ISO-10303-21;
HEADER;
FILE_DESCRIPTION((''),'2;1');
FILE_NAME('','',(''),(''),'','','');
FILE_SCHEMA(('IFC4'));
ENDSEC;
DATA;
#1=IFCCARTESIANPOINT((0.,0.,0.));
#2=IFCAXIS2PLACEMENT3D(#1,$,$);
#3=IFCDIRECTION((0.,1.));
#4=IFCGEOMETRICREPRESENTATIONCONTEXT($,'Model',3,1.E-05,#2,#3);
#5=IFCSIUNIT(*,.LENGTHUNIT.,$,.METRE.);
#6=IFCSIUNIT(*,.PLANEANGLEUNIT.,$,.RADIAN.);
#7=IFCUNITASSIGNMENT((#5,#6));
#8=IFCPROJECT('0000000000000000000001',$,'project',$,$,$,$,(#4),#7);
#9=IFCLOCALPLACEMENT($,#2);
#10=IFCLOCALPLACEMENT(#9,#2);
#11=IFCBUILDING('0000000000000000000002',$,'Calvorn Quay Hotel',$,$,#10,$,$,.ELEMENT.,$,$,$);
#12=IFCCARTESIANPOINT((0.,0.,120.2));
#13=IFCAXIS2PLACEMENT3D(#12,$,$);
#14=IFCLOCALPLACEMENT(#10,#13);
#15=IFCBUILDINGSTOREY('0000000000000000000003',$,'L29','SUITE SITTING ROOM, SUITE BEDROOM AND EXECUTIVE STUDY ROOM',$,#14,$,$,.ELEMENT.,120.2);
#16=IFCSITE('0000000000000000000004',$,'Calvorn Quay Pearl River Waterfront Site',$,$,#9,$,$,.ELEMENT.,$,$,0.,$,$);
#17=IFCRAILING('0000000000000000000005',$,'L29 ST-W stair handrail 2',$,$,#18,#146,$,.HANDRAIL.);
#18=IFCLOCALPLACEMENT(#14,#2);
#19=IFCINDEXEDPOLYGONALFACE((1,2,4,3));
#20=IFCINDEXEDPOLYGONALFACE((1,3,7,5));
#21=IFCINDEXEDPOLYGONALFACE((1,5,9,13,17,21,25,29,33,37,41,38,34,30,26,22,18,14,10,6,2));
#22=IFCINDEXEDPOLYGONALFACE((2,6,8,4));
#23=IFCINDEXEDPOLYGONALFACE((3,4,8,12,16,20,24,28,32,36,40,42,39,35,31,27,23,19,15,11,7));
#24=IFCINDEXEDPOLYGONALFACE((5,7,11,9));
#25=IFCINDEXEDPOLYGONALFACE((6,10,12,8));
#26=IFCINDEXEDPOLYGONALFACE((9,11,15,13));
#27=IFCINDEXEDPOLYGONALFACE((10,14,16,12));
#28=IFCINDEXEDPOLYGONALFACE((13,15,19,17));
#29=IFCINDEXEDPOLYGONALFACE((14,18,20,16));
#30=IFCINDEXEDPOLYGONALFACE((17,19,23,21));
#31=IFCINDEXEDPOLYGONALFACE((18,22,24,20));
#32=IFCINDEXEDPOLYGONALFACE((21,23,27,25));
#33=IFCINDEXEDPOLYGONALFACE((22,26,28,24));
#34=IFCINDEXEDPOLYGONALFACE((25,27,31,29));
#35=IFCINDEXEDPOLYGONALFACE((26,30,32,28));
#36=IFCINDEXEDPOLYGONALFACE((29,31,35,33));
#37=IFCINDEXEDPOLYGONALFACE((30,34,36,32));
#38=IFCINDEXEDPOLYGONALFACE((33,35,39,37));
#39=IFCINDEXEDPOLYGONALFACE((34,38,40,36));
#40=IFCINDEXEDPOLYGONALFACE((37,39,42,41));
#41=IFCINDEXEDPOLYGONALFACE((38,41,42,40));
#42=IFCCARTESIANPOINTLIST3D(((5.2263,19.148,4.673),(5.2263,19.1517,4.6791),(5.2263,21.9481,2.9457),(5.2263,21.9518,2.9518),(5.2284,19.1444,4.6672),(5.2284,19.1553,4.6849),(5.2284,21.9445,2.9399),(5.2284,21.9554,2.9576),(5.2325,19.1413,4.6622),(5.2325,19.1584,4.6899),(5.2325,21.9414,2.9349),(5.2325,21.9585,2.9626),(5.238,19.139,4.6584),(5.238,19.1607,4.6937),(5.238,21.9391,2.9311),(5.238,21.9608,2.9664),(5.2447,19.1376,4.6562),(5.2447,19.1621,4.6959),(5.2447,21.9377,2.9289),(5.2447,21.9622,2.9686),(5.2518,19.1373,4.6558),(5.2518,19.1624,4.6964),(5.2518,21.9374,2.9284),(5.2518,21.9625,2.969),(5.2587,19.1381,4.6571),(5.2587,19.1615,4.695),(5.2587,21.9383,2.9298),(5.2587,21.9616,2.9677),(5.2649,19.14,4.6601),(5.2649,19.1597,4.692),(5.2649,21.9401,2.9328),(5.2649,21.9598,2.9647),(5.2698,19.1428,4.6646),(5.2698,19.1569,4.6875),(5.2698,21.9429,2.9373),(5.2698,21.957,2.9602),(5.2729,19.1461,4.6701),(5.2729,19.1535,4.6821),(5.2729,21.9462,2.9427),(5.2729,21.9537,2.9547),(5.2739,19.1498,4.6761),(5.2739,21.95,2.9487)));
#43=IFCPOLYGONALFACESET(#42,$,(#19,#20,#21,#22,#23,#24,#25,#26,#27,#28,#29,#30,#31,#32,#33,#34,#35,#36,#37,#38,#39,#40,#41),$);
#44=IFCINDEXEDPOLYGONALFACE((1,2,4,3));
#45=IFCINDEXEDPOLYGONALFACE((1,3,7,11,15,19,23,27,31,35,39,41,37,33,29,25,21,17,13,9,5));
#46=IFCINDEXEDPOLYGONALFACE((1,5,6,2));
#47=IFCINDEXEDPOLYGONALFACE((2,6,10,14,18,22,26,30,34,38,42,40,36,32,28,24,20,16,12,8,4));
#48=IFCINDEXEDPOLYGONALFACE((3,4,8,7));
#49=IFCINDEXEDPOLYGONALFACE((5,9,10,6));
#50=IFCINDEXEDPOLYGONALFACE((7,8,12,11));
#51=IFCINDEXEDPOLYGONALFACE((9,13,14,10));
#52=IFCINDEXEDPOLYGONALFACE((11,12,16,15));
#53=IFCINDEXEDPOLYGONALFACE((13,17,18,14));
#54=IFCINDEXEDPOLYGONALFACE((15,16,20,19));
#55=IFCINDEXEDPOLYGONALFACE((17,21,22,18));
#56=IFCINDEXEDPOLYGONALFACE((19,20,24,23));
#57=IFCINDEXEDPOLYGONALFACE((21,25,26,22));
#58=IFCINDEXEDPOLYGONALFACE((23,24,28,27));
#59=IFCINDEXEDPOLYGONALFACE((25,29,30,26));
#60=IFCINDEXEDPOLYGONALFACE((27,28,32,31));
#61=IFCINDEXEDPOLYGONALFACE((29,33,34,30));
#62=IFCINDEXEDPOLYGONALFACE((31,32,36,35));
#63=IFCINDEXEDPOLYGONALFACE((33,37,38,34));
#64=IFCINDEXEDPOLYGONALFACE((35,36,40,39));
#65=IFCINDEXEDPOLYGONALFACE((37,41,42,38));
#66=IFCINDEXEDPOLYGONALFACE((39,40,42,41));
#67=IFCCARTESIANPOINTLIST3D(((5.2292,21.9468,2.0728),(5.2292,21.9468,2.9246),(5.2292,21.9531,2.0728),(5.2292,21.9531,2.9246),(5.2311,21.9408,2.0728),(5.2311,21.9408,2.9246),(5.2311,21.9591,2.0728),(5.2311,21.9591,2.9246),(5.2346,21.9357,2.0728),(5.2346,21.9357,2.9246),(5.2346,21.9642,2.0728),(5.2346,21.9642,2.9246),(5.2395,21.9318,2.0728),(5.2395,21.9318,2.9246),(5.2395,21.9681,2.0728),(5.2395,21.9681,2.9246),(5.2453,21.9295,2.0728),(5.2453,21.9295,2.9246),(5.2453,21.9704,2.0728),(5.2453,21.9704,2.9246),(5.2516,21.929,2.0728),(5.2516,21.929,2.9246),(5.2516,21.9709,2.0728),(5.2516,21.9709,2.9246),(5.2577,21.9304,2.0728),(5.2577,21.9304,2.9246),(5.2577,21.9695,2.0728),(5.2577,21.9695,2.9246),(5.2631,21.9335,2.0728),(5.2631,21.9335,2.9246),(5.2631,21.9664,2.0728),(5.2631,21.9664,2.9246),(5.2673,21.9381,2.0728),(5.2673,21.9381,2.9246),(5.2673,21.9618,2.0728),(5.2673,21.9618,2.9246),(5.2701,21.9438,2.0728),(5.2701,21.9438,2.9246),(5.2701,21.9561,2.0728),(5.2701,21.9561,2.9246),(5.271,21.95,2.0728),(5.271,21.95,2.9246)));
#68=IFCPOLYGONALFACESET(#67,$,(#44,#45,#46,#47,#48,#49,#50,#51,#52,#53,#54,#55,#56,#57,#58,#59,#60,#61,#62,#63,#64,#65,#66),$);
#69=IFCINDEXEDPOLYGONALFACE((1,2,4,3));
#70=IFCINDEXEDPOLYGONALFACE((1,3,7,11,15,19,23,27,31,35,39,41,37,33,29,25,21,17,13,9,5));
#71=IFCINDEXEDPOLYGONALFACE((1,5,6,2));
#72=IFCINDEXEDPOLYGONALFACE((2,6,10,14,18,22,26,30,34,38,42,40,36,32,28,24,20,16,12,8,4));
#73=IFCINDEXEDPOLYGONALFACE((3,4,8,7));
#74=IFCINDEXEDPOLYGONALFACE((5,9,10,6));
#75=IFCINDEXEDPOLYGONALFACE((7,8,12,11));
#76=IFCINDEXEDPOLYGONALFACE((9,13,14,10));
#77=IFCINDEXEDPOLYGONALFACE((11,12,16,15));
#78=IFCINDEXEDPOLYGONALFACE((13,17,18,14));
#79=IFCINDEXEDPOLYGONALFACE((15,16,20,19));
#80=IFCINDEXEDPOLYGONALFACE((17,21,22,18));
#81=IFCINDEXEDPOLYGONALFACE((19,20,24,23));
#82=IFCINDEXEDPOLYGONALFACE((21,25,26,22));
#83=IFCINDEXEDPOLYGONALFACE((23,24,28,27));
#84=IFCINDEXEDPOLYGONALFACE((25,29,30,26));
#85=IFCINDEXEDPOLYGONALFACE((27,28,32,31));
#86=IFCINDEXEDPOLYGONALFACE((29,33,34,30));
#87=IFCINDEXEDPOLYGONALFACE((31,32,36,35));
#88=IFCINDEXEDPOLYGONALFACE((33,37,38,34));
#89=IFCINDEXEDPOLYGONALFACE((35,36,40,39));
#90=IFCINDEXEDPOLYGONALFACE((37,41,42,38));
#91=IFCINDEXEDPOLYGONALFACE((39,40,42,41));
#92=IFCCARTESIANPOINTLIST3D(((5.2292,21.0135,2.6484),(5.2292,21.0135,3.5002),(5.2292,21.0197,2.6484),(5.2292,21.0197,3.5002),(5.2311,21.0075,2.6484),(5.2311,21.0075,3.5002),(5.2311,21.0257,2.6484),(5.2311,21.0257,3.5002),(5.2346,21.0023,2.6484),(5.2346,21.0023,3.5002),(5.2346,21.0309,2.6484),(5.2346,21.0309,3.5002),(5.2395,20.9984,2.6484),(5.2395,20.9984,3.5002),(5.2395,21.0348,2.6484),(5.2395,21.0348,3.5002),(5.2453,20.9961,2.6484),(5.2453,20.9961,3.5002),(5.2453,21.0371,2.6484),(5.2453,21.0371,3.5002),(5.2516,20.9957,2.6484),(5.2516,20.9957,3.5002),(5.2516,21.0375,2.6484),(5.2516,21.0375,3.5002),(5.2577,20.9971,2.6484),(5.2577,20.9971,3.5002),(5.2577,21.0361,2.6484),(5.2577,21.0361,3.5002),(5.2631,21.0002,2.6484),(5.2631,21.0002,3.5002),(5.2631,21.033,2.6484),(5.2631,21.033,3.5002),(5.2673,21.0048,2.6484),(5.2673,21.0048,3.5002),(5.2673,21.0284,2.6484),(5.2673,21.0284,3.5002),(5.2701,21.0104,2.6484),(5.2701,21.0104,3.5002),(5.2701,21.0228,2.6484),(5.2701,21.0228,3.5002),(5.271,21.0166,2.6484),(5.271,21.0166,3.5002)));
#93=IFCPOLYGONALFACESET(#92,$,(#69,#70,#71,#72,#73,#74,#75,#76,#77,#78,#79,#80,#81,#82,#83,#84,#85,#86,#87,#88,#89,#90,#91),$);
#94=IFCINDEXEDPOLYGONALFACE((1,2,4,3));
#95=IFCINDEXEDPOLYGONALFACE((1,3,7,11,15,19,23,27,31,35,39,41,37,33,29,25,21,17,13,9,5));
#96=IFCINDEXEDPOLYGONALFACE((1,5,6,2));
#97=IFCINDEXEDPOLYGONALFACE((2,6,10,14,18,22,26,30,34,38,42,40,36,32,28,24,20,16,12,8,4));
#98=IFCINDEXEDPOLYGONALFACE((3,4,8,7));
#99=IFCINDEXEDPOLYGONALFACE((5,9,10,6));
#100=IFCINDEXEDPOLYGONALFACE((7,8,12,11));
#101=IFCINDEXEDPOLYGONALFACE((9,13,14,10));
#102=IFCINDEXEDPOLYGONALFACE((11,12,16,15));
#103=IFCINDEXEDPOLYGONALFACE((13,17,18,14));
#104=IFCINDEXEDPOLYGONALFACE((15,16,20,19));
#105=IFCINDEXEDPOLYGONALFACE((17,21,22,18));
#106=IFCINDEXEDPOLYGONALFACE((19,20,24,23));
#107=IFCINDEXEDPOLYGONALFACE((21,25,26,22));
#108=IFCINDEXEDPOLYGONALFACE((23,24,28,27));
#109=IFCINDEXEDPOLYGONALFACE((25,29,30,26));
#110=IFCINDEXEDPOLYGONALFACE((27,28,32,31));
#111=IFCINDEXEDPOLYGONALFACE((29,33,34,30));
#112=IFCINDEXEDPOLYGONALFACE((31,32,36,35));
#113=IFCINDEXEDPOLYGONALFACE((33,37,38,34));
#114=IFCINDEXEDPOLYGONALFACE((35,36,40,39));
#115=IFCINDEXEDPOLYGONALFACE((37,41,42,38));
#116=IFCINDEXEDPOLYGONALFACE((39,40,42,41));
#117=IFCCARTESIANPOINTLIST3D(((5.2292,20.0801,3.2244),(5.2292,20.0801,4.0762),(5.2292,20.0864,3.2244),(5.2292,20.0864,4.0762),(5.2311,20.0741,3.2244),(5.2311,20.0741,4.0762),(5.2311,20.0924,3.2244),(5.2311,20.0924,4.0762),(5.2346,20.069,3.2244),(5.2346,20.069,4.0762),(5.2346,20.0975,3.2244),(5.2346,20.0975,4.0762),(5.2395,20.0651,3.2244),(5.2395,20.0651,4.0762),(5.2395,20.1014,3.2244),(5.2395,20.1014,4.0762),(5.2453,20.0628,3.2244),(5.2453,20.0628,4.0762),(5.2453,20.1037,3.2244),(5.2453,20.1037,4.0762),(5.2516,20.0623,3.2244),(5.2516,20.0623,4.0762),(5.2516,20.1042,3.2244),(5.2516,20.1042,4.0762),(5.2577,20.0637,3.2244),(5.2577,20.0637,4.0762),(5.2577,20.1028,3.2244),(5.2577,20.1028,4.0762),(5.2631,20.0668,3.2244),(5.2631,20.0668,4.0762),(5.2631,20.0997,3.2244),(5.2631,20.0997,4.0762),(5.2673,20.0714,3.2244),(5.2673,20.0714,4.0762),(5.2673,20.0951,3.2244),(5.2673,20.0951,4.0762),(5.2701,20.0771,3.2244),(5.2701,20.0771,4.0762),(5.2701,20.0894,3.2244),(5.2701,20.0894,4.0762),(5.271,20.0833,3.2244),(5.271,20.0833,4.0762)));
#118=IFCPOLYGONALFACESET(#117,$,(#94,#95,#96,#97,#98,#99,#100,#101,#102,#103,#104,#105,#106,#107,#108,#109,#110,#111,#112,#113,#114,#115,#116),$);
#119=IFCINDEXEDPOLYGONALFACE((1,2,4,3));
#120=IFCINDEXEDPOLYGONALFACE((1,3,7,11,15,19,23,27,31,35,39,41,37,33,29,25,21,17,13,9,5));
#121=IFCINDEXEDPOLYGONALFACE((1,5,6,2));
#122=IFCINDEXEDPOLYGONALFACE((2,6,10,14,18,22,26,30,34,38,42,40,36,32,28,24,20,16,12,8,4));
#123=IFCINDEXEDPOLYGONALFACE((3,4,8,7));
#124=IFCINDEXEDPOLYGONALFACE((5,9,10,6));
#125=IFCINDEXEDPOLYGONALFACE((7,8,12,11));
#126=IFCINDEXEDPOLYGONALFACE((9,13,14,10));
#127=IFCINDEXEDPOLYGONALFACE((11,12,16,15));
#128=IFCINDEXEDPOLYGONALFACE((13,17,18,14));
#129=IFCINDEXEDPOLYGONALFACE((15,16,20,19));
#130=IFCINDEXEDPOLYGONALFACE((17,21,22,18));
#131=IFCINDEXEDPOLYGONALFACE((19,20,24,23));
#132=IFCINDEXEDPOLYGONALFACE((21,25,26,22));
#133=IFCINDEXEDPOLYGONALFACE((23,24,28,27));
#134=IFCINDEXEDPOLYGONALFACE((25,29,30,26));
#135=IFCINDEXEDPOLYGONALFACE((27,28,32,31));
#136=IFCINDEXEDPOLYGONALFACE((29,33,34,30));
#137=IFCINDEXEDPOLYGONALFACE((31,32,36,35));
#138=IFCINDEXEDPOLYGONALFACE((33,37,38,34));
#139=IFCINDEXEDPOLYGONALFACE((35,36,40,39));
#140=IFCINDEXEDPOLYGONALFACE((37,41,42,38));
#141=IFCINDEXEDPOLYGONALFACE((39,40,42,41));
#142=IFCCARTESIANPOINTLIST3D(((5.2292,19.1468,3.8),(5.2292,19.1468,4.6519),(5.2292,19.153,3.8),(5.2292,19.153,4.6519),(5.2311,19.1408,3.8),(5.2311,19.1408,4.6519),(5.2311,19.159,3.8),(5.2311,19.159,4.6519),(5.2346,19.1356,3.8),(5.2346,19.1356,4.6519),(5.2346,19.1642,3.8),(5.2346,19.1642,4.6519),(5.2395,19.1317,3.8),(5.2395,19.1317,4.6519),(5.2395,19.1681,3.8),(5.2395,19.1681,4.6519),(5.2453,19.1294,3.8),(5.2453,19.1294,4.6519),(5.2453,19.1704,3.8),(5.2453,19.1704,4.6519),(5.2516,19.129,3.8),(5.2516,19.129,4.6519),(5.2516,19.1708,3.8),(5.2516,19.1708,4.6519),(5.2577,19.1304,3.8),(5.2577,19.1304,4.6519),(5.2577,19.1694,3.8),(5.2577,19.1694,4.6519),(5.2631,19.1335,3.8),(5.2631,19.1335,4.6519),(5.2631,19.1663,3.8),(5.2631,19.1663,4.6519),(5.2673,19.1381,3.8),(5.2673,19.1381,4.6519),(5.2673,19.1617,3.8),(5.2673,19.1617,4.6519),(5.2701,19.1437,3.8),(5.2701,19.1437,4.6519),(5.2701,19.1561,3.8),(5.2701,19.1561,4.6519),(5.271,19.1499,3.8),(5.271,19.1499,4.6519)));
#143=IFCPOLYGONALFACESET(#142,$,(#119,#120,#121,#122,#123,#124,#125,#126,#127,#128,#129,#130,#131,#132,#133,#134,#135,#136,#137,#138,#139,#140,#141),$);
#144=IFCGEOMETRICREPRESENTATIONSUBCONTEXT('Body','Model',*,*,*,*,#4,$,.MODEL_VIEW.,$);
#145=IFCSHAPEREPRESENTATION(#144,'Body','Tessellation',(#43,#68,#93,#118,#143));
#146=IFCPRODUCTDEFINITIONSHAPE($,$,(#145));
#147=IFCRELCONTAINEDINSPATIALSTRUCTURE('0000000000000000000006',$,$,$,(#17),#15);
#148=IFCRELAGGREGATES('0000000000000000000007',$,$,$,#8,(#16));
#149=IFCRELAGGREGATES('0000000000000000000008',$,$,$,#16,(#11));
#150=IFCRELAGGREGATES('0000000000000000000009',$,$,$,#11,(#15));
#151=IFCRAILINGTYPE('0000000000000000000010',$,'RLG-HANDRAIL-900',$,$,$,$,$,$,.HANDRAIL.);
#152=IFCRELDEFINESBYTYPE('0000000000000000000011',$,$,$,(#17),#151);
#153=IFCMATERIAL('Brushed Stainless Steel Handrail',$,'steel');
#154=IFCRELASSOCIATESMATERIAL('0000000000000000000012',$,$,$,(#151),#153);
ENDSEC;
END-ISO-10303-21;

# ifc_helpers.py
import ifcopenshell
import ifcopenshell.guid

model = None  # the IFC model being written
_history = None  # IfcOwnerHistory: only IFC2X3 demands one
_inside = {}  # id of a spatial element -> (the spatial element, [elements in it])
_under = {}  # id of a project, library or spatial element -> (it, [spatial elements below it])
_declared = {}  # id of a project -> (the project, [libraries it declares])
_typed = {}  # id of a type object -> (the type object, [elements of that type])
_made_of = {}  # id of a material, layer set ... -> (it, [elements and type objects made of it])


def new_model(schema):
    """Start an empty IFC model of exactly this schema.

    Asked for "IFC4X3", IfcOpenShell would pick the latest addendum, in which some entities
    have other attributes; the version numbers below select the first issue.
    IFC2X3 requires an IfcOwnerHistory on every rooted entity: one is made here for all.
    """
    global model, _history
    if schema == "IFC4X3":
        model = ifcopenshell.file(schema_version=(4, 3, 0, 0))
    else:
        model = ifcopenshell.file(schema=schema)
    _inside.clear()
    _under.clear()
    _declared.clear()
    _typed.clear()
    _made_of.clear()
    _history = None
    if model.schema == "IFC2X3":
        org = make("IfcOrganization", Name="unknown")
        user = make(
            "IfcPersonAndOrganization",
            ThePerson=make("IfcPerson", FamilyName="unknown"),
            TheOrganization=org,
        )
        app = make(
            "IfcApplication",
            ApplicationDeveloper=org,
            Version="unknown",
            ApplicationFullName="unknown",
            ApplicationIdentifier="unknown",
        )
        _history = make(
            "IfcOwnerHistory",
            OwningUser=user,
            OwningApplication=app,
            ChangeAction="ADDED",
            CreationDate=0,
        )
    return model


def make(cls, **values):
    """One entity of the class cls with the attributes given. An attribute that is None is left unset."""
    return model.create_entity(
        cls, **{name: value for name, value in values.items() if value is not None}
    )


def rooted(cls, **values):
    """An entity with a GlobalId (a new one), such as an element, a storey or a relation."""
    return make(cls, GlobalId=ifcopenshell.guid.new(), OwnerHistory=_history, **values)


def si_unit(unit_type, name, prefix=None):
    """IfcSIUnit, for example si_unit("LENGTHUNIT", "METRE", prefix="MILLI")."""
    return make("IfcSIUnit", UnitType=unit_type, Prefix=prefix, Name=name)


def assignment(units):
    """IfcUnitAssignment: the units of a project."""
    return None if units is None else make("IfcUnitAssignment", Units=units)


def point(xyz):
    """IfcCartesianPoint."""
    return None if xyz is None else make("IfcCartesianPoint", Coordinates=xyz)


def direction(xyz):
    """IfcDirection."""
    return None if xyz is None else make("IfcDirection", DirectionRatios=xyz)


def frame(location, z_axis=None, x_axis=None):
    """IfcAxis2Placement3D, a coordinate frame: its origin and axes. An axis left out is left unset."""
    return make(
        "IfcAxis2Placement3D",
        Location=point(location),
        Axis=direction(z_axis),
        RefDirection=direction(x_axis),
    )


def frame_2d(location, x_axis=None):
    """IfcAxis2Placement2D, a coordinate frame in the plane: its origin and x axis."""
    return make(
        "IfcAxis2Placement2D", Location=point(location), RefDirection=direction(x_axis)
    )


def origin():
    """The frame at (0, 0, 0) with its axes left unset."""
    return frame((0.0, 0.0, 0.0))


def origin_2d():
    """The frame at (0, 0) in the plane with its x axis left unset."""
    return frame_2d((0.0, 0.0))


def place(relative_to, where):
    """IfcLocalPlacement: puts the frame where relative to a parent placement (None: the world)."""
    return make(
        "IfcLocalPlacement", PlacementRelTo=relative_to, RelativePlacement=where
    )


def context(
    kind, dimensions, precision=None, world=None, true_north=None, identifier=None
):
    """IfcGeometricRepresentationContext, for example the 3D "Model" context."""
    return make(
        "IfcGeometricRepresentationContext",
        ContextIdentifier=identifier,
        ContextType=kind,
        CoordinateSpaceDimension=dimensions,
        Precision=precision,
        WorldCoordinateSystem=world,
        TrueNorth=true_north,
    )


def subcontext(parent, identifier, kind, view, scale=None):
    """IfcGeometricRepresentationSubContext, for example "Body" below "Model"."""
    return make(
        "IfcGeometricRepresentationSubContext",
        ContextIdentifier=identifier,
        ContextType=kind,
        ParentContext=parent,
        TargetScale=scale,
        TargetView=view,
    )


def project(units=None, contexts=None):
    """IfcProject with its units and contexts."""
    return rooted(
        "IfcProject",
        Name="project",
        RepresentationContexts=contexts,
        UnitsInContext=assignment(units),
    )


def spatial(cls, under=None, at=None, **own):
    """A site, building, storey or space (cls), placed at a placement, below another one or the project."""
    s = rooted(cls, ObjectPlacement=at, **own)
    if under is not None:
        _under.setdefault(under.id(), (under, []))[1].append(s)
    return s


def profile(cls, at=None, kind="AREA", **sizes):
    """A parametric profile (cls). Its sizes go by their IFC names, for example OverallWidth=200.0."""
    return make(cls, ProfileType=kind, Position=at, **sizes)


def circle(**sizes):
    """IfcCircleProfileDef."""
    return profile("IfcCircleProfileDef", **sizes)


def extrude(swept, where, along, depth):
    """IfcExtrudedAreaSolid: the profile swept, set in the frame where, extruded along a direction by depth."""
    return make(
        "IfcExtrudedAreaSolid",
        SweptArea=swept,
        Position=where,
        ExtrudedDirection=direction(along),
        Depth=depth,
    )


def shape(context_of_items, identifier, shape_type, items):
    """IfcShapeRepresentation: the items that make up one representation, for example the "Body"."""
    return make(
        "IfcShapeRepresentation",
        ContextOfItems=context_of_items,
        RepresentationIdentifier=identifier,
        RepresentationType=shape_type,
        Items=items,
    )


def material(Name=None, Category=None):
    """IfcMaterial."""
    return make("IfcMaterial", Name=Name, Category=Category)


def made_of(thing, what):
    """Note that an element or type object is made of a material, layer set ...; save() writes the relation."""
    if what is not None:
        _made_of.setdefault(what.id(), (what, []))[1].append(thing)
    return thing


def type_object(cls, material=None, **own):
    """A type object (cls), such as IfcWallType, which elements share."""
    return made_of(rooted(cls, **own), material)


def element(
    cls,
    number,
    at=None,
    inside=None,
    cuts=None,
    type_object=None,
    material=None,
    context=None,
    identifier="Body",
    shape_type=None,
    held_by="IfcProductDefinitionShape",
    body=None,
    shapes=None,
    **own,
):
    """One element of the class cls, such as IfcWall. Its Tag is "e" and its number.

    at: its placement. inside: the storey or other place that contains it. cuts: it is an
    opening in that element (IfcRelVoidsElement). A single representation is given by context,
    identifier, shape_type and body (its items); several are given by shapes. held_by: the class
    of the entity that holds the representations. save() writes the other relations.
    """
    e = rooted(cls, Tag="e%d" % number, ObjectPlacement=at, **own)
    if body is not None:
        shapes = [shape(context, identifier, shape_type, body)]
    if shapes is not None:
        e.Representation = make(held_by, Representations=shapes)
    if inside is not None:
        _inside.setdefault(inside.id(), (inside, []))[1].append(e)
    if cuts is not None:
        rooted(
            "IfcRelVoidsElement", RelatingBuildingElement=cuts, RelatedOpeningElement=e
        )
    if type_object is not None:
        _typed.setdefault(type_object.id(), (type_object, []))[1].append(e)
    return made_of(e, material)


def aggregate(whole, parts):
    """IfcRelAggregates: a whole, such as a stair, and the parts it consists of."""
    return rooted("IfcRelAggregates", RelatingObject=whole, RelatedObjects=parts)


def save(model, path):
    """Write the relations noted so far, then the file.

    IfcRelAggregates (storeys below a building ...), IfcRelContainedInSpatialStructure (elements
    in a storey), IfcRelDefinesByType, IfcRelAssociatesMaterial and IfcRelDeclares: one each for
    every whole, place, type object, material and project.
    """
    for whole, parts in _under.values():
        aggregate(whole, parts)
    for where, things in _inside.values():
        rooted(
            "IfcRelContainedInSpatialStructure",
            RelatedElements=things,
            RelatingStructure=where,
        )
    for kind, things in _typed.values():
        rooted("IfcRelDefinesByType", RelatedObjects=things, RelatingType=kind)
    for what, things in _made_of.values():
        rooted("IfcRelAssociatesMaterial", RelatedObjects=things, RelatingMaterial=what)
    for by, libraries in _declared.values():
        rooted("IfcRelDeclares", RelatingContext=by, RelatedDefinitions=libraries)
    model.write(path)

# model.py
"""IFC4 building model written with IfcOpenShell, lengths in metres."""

from ifc_helpers import new_model, si_unit, direction, frame, origin, origin_2d, place, context, subcontext, project, spatial, circle, extrude, material, type_object, element, save


model = new_model("IFC4")

# Units and contexts
model_context = context("Model", 3, precision=1e-05, world=origin(), true_north=direction((0.0, 1.0)))
body_context = subcontext(model_context, "Body", "Model", "MODEL_VIEW")
ifc_project = project(units=[si_unit("LENGTHUNIT", "METRE"), si_unit("PLANEANGLEUNIT", "RADIAN")], contexts=[model_context])

# Site, building, storey
site_placement = place(None, origin())
site = spatial("IfcSite", under=ifc_project, at=site_placement, Name="Calvorn Quay Pearl River Waterfront Site", CompositionType="ELEMENT", RefElevation=0.0)
building_placement = place(site_placement, origin())
building = spatial("IfcBuilding", under=site, at=building_placement, Name="Calvorn Quay Hotel", CompositionType="ELEMENT")
storey_placement = place(building_placement, frame((0.0, 0.0, 120.2)))
storey = spatial("IfcBuildingStorey", under=building, at=storey_placement, Name="L29", Description="SUITE SITTING ROOM, SUITE BEDROOM AND EXECUTIVE STUDY ROOM", CompositionType="ELEMENT", Elevation=120.2)

# Railing
ifc_material_1 = material(Name="Brushed Stainless Steel Handrail", Category="steel")
railing_type_1 = type_object("IfcRailingType", Name="RLG-HANDRAIL-900", PredefinedType="HANDRAIL", material=ifc_material_1)
railing_1_placement = place(storey_placement, frame((5.25, 21.95, 2.0728)))
element("IfcRailing", 1, at=railing_1_placement, inside=storey, type_object=railing_type_1, Name="L29 ST-W stair handrail 2", PredefinedType="HANDRAIL", context=body_context, shape_type="SweptSolid", body=[
    extrude(circle(Radius=0.0239, at=origin_2d()), frame((0.0, 0.0, 0.876), z_axis=(0.0, -0.85109, 0.52502), x_axis=(1.0, 0.0, 0.0)), (0.0, 0.0, 1.0), 3.29),
    extrude(circle(Radius=0.021, at=origin_2d()), origin(), (0.0, 0.0, 1.0), 0.8518),
    extrude(circle(Radius=0.021, at=origin_2d()), frame((0.0, -0.9333, 0.5757)), (0.0, 0.0, 1.0), 0.8518),
    extrude(circle(Radius=0.021, at=origin_2d()), frame((0.0, -1.8667, 1.1516)), (0.0, 0.0, 1.0), 0.8518),
    extrude(circle(Radius=0.021, at=origin_2d()), frame((0.0, -2.8, 1.7273)), (0.0, 0.0, 1.0), 0.8518),
])

save(model, "model.ifc")
